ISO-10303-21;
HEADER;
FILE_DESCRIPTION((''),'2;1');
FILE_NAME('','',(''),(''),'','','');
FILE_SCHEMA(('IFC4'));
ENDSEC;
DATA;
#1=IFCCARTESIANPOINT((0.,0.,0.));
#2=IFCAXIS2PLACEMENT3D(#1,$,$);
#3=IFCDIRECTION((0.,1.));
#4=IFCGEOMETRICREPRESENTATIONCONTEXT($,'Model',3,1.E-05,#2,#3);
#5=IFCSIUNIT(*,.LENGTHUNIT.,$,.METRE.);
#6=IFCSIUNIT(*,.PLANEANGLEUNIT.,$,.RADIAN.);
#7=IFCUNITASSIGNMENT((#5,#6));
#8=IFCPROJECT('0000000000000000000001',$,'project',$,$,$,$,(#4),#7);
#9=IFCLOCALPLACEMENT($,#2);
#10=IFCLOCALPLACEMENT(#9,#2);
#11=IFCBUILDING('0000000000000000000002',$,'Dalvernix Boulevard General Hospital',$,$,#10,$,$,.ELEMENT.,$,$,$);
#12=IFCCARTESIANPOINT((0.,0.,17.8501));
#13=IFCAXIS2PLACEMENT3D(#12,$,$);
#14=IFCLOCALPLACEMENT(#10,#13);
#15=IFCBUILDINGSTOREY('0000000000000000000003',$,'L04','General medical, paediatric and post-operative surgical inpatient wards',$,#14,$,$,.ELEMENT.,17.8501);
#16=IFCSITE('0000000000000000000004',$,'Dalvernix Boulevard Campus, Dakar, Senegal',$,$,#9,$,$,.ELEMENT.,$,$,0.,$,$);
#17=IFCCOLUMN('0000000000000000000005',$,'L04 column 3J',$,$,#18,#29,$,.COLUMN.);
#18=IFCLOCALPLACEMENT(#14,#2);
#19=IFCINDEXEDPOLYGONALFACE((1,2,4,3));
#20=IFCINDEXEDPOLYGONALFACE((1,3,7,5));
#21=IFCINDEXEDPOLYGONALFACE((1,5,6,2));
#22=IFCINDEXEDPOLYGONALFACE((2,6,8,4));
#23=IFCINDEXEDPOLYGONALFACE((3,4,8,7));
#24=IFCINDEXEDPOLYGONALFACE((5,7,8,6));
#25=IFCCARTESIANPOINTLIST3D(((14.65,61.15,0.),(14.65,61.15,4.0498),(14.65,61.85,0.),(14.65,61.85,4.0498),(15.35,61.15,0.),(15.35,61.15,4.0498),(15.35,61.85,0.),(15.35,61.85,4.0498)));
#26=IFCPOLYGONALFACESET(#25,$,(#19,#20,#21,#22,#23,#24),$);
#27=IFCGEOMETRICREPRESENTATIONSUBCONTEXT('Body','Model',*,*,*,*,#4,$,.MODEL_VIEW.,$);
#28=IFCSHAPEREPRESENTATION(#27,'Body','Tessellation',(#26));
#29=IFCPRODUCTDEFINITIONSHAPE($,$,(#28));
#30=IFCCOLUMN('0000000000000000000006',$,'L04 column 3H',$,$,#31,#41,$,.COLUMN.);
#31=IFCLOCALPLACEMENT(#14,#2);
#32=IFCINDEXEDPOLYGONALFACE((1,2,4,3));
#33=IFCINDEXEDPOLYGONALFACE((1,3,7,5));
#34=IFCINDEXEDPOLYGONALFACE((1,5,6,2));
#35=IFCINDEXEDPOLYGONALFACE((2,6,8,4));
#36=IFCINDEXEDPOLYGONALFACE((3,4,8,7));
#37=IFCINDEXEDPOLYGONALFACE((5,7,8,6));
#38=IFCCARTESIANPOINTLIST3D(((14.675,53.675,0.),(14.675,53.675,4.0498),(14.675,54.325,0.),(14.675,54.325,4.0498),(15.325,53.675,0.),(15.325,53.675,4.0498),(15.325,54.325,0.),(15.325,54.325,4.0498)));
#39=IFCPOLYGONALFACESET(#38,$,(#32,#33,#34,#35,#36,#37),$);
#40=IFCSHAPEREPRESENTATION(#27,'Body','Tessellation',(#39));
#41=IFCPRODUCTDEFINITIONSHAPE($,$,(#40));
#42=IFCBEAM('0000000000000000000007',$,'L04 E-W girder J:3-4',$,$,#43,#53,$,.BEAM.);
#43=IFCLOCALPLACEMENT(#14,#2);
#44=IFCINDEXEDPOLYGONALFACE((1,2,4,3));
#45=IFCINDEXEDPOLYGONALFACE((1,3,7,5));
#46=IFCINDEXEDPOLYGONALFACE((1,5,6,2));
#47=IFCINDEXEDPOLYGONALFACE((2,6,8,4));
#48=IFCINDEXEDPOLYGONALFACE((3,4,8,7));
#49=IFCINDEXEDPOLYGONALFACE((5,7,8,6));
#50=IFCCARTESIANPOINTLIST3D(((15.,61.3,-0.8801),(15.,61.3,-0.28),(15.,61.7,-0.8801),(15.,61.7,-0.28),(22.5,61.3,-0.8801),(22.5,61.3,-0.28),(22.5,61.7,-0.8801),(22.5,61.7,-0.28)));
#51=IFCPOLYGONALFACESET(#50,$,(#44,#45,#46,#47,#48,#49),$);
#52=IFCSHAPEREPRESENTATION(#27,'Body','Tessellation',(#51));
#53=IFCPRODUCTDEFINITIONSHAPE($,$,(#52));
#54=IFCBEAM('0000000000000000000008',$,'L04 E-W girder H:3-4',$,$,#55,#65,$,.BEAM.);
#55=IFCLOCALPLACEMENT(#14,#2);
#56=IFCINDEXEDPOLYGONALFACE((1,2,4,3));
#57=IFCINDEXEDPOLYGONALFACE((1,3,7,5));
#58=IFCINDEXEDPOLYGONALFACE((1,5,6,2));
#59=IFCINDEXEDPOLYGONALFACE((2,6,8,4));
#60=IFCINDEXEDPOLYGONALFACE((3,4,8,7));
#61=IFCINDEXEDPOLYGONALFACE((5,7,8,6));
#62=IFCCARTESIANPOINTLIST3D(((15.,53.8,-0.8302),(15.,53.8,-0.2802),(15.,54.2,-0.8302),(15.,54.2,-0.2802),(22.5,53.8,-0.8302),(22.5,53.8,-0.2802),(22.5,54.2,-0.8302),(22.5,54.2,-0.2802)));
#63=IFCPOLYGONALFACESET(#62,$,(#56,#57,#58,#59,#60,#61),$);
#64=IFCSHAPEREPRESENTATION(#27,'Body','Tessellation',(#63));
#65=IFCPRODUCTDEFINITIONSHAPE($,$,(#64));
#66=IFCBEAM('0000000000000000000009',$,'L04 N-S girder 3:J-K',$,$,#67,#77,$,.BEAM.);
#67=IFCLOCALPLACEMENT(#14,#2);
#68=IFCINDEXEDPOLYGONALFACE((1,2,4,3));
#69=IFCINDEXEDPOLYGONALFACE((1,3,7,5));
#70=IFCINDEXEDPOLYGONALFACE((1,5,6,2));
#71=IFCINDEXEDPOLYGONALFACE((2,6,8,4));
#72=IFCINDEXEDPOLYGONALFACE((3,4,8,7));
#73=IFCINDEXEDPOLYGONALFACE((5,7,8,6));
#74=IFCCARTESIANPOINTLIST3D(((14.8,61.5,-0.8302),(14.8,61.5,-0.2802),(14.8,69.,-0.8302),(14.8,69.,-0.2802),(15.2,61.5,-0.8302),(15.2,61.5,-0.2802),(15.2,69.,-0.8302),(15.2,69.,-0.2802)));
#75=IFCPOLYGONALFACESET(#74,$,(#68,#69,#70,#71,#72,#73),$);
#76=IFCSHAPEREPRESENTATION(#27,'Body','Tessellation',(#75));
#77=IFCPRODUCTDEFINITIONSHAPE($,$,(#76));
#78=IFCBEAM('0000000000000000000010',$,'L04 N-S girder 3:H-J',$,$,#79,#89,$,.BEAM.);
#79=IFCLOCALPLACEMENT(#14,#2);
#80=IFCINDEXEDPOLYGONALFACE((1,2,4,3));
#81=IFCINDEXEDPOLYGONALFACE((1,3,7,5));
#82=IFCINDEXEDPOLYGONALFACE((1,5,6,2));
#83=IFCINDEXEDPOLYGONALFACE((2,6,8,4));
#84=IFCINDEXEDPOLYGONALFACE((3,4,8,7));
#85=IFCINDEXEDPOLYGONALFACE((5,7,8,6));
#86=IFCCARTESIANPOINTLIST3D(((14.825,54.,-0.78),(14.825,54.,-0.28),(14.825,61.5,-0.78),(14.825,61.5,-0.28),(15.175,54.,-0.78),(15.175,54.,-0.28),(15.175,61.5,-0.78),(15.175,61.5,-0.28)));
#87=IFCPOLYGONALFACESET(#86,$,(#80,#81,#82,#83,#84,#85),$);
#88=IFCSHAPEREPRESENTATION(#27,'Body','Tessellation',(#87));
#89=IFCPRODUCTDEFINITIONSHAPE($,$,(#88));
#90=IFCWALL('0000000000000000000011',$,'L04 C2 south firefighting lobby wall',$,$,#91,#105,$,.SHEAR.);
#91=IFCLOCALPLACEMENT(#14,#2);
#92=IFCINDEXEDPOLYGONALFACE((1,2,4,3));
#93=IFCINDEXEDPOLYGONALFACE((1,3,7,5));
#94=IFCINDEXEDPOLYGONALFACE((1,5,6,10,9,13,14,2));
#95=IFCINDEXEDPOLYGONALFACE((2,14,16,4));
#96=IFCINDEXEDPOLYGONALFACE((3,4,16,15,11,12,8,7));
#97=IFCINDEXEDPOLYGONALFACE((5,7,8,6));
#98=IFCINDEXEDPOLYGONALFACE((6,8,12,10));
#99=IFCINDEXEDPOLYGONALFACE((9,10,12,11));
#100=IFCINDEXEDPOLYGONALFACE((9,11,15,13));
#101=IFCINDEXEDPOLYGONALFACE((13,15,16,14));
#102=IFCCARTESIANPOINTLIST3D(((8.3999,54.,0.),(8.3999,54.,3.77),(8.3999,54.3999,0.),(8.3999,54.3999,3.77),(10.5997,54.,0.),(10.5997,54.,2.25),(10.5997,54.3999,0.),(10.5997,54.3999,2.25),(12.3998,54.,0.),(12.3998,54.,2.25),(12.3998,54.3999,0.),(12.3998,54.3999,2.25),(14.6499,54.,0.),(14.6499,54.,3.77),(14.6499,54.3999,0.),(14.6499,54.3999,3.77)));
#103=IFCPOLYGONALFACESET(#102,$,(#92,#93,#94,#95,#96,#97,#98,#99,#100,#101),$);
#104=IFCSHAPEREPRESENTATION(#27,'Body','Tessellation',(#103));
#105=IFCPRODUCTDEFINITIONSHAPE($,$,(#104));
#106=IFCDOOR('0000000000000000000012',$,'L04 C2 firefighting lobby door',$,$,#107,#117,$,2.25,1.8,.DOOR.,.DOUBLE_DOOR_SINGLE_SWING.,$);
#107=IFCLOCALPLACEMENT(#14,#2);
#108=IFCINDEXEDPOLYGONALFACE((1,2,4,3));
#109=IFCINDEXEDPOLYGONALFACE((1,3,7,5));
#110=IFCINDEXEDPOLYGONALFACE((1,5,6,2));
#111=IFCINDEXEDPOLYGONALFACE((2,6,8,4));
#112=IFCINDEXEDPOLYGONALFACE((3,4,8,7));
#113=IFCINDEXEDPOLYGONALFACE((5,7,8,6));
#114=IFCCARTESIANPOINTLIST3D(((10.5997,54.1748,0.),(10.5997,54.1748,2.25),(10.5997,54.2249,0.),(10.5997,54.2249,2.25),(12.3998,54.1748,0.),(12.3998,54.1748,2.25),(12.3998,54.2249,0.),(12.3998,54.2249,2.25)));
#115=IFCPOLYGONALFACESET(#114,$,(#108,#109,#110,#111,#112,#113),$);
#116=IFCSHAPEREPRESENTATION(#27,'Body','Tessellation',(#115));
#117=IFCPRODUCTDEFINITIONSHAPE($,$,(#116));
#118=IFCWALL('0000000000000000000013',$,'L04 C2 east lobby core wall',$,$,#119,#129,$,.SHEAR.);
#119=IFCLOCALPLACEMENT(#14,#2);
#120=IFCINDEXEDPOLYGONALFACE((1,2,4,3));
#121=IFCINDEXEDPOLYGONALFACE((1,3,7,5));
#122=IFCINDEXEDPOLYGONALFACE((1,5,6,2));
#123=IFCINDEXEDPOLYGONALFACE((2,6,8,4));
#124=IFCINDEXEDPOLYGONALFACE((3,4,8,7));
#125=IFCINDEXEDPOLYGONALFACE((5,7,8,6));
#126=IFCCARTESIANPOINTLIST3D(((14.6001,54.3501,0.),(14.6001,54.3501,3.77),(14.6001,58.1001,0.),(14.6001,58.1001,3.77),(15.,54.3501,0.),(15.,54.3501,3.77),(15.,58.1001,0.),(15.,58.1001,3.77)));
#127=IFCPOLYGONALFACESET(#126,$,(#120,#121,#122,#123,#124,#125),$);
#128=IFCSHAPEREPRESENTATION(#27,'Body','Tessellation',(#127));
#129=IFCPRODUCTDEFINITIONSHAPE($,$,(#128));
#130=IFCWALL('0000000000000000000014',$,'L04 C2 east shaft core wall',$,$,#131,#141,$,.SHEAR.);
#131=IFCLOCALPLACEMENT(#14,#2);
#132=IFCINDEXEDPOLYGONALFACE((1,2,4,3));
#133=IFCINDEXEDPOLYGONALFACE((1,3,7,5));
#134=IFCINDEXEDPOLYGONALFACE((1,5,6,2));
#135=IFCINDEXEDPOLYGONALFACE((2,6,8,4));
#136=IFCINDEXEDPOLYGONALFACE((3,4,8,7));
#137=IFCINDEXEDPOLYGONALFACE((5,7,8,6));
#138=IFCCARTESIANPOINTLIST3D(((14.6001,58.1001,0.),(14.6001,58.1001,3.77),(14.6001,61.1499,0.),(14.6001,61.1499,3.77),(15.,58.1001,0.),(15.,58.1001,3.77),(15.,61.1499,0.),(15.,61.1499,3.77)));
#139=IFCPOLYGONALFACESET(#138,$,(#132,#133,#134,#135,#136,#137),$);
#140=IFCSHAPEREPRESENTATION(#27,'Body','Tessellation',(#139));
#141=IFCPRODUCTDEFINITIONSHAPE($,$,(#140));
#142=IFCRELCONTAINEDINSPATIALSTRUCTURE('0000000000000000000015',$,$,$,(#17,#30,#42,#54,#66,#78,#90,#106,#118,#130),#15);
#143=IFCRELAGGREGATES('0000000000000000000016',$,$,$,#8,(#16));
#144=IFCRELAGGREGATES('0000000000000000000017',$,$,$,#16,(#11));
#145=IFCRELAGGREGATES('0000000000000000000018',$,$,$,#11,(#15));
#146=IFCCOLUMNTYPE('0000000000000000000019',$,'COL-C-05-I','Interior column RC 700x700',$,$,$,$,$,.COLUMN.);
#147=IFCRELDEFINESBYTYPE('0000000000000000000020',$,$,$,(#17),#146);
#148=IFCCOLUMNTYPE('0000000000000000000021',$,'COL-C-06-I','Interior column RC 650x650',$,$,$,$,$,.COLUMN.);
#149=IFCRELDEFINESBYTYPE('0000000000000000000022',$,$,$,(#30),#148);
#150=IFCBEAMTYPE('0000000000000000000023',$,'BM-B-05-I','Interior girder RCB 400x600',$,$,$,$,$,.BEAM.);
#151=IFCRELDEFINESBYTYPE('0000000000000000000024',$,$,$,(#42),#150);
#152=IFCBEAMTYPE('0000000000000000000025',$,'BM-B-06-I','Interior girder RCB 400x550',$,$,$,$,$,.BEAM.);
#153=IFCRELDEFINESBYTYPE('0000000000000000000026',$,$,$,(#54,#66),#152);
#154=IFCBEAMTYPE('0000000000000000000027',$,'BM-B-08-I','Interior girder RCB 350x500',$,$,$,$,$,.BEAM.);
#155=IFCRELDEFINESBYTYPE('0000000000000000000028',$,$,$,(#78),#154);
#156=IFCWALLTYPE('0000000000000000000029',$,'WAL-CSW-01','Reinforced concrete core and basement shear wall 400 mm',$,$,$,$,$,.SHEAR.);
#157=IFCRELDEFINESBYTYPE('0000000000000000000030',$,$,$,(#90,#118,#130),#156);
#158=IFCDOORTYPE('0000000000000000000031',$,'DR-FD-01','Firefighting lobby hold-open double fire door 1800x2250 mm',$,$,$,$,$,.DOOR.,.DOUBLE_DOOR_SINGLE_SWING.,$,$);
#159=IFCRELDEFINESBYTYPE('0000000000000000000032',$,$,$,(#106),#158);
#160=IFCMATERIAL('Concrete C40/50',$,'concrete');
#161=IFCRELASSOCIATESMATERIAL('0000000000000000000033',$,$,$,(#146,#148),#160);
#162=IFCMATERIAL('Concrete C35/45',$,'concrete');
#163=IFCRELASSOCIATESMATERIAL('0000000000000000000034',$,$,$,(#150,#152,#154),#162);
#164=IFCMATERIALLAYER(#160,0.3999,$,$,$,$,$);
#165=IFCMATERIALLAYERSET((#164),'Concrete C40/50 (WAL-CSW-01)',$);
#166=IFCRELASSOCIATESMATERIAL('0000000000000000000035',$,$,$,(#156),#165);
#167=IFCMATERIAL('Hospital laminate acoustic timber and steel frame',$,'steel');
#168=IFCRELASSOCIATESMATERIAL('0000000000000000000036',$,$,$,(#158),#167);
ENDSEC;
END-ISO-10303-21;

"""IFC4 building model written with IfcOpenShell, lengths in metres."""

from ifc_helpers import new_model, si_unit, direction, frame, frame_2d, origin, origin_2d, place, context, subcontext, project, spatial, rectangle, extrude, material, layer, layer_set, material_profile, profile_set, type_object, element, fill, save


model = new_model("IFC4")

# Units and contexts
model_context = context("Model", 3, precision=1e-05, world=origin(), true_north=direction((0.0, 1.0)))
body_context = subcontext(model_context, "Body", "Model", "MODEL_VIEW")
ifc_project = project(units=[si_unit("LENGTHUNIT", "METRE"), si_unit("PLANEANGLEUNIT", "RADIAN")], contexts=[model_context])

# Site, building, storey
site_placement = place(None, origin())
site = spatial("IfcSite", under=ifc_project, at=site_placement, Name="Dalvernix Boulevard Campus, Dakar, Senegal", CompositionType="ELEMENT", RefElevation=0.0)
building_placement = place(site_placement, origin())
building = spatial("IfcBuilding", under=site, at=building_placement, Name="Dalvernix Boulevard General Hospital", CompositionType="ELEMENT")
storey_placement = place(building_placement, frame((0.0, 0.0, 17.8501)))
storey = spatial("IfcBuildingStorey", under=building, at=storey_placement, Name="L04", Description="General medical, paediatric and post-operative surgical inpatient wards", CompositionType="ELEMENT", Elevation=17.8501)

# Columns
ifc_material_1 = material(Name="Concrete C40/50", Category="concrete")
ifc_material_profile_1 = material_profile(ifc_material_1, rectangle(XDim=0.7, YDim=0.7, at=origin_2d()), Name="RC 700x700")
ifc_profile_set_1 = profile_set([ifc_material_profile_1], Name="Concrete C40/50")
column_type_1 = type_object("IfcColumnType", Name="COL-C-05-I", Description="Interior column RC 700x700", PredefinedType="COLUMN", material=ifc_profile_set_1)
column_1_placement = place(storey_placement, frame((15.0, 61.5, 0.0), z_axis=(0.0, 0.0, 1.0), x_axis=(1.0, 0.0, 0.0)))
element("IfcColumn", 1, at=column_1_placement, inside=storey, type_object=column_type_1, Name="L04 column 3J", PredefinedType="COLUMN", context=body_context, shape_type="SweptSolid", body=[
    extrude(rectangle(XDim=0.7, YDim=0.7, at=origin_2d()), origin(), (0.0, 0.0, 1.0), 4.0498),
])
ifc_material_profile_2 = material_profile(ifc_material_1, rectangle(XDim=0.6499, YDim=0.6499, at=origin_2d()), Name="RC 650x650")
ifc_profile_set_2 = profile_set([ifc_material_profile_2], Name="Concrete C40/50")
column_type_2 = type_object("IfcColumnType", Name="COL-C-06-I", Description="Interior column RC 650x650", PredefinedType="COLUMN", material=ifc_profile_set_2)
column_2_placement = place(storey_placement, frame((15.0, 54.0, 0.0), z_axis=(0.0, 0.0, 1.0), x_axis=(1.0, 0.0, 0.0)))
element("IfcColumn", 2, at=column_2_placement, inside=storey, type_object=column_type_2, Name="L04 column 3H", PredefinedType="COLUMN", context=body_context, shape_type="SweptSolid", body=[
    extrude(rectangle(XDim=0.6499, YDim=0.6499, at=origin_2d()), origin(), (0.0, 0.0, 1.0), 4.0498),
])

# Beams
ifc_material_2 = material(Name="Concrete C35/45", Category="concrete")
ifc_material_profile_3 = material_profile(ifc_material_2, rectangle(XDim=0.3999, YDim=0.6001, at=origin_2d()), Name="RCB 400x600")
ifc_profile_set_3 = profile_set([ifc_material_profile_3], Name="Concrete C35/45")
beam_type_1 = type_object("IfcBeamType", Name="BM-B-05-I", Description="Interior girder RCB 400x600", PredefinedType="BEAM", material=ifc_profile_set_3)
beam_1_placement = place(storey_placement, frame((15.0, 61.5, -0.5801), z_axis=(1.0, 0.0, 0.0), x_axis=(0.0, 1.0, 0.0)))
element("IfcBeam", 3, at=beam_1_placement, inside=storey, type_object=beam_type_1, Name="L04 E-W girder J:3-4", PredefinedType="BEAM", context=body_context, shape_type="SweptSolid", body=[
    extrude(rectangle(XDim=0.3999, YDim=0.6001, at=origin_2d()), origin(), (0.0, 0.0, 1.0), 7.5),
])
ifc_material_profile_4 = material_profile(ifc_material_2, rectangle(XDim=0.3999, YDim=0.55, at=origin_2d()), Name="RCB 400x550")
ifc_profile_set_4 = profile_set([ifc_material_profile_4], Name="Concrete C35/45")
beam_type_2 = type_object("IfcBeamType", Name="BM-B-06-I", Description="Interior girder RCB 400x550", PredefinedType="BEAM", material=ifc_profile_set_4)
for number, where, z_axis, x_axis, name in (
    (4, (15.0, 54.0, -0.5552), (1.0, 0.0, 0.0), (0.0, 1.0, 0.0), "L04 E-W girder H:3-4"),
    (5, (15.0, 61.5, -0.5552), (0.0, 1.0, 0.0), (-1.0, 0.0, 0.0), "L04 N-S girder 3:J-K"),
):
    element("IfcBeam", number, at=place(storey_placement, frame(where, z_axis=z_axis, x_axis=x_axis)), inside=storey, type_object=beam_type_2, Name=name, PredefinedType="BEAM", context=body_context, shape_type="SweptSolid", body=[
        extrude(rectangle(XDim=0.3999, YDim=0.55, at=origin_2d()), origin(), (0.0, 0.0, 1.0), 7.5),
    ])
ifc_material_profile_5 = material_profile(ifc_material_2, rectangle(XDim=0.3501, YDim=0.5, at=origin_2d()), Name="RCB 350x500")
ifc_profile_set_5 = profile_set([ifc_material_profile_5], Name="Concrete C35/45")
beam_type_3 = type_object("IfcBeamType", Name="BM-B-08-I", Description="Interior girder RCB 350x500", PredefinedType="BEAM", material=ifc_profile_set_5)
beam_2_placement = place(storey_placement, frame((15.0, 54.0, -0.53), z_axis=(0.0, 1.0, 0.0), x_axis=(-1.0, 0.0, 0.0)))
element("IfcBeam", 6, at=beam_2_placement, inside=storey, type_object=beam_type_3, Name="L04 N-S girder 3:H-J", PredefinedType="BEAM", context=body_context, shape_type="SweptSolid", body=[
    extrude(rectangle(XDim=0.3501, YDim=0.5, at=origin_2d()), origin(), (0.0, 0.0, 1.0), 7.5),
])

# Wall, opening, door
ifc_layer_1 = layer(ifc_material_1, 0.3999)
ifc_layer_set_1 = layer_set([ifc_layer_1], Name="Concrete C40/50 (WAL-CSW-01)")
wall_type_1 = type_object("IfcWallType", Name="WAL-CSW-01", Description="Reinforced concrete core and basement shear wall 400 mm", PredefinedType="SHEAR", material=ifc_layer_set_1)
wall_1_placement = place(storey_placement, frame((8.3999, 54.2, 0.0), z_axis=(0.0, 0.0, 1.0), x_axis=(1.0, 0.0, 0.0)))
wall_1 = element("IfcWall", 7, at=wall_1_placement, inside=storey, type_object=wall_type_1, Name="L04 C2 south firefighting lobby wall", PredefinedType="SHEAR", context=body_context, shape_type="SweptSolid", body=[
    extrude(rectangle(XDim=6.25, YDim=0.3999, at=frame_2d((3.125, 0.0))), origin(), (0.0, 0.0, 1.0), 3.77),
])
opening_1_placement = place(wall_1_placement, frame((2.2, 0.0, 0.0)))
opening_1 = element("IfcOpeningElement", 8, at=opening_1_placement, cuts=wall_1, PredefinedType="OPENING", context=body_context, shape_type="SweptSolid", body=[
    extrude(rectangle(XDim=1.8, YDim=2.25, at=frame_2d((0.8999, 1.125))), frame((0.0, 0.21, 0.0), z_axis=(0.0, -1.0, 0.0), x_axis=(1.0, 0.0, 0.0)), (0.0, 0.0, 1.0), 0.4199),
])
ifc_material_3 = material(Name="Hospital laminate acoustic timber and steel frame", Category="steel")
door_type_1 = type_object("IfcDoorType", Name="DR-FD-01", Description="Firefighting lobby hold-open double fire door 1800x2250 mm", OperationType="DOUBLE_DOOR_SINGLE_SWING", PredefinedType="DOOR", material=ifc_material_3)
door_1_placement = place(opening_1_placement, origin())
door_1 = element("IfcDoor", 9, at=door_1_placement, inside=storey, type_object=door_type_1, Name="L04 C2 firefighting lobby door", OperationType="DOUBLE_DOOR_SINGLE_SWING", OverallHeight=2.25, OverallWidth=1.8, PredefinedType="DOOR", context=body_context, shape_type="SweptSolid", body=[
    extrude(rectangle(XDim=1.8, YDim=2.25, at=frame_2d((0.8999, 1.125))), frame((0.0, 0.0249, 0.0), z_axis=(0.0, -1.0, 0.0), x_axis=(1.0, 0.0, 0.0)), (0.0, 0.0, 1.0), 0.05),
])
fill(opening_1, door_1)

# Walls
wall_2_placement = place(storey_placement, frame((14.8, 54.3501, 0.0), z_axis=(0.0, 0.0, 1.0), x_axis=(0.0, 1.0, 0.0)))
element("IfcWall", 10, at=wall_2_placement, inside=storey, type_object=wall_type_1, Name="L04 C2 east lobby core wall", PredefinedType="SHEAR", context=body_context, shape_type="SweptSolid", body=[
    extrude(rectangle(XDim=3.75, YDim=0.3999, at=frame_2d((1.875, 0.0))), origin(), (0.0, 0.0, 1.0), 3.77),
])
wall_3_placement = place(storey_placement, frame((14.8, 58.1001, 0.0), z_axis=(0.0, 0.0, 1.0), x_axis=(0.0, 1.0, 0.0)))
element("IfcWall", 11, at=wall_3_placement, inside=storey, type_object=wall_type_1, Name="L04 C2 east shaft core wall", PredefinedType="SHEAR", context=body_context, shape_type="SweptSolid", body=[
    extrude(rectangle(XDim=3.0498, YDim=0.3999, at=frame_2d((1.5249, 0.0))), origin(), (0.0, 0.0, 1.0), 3.77),
])

save(model, "model.ifc")
